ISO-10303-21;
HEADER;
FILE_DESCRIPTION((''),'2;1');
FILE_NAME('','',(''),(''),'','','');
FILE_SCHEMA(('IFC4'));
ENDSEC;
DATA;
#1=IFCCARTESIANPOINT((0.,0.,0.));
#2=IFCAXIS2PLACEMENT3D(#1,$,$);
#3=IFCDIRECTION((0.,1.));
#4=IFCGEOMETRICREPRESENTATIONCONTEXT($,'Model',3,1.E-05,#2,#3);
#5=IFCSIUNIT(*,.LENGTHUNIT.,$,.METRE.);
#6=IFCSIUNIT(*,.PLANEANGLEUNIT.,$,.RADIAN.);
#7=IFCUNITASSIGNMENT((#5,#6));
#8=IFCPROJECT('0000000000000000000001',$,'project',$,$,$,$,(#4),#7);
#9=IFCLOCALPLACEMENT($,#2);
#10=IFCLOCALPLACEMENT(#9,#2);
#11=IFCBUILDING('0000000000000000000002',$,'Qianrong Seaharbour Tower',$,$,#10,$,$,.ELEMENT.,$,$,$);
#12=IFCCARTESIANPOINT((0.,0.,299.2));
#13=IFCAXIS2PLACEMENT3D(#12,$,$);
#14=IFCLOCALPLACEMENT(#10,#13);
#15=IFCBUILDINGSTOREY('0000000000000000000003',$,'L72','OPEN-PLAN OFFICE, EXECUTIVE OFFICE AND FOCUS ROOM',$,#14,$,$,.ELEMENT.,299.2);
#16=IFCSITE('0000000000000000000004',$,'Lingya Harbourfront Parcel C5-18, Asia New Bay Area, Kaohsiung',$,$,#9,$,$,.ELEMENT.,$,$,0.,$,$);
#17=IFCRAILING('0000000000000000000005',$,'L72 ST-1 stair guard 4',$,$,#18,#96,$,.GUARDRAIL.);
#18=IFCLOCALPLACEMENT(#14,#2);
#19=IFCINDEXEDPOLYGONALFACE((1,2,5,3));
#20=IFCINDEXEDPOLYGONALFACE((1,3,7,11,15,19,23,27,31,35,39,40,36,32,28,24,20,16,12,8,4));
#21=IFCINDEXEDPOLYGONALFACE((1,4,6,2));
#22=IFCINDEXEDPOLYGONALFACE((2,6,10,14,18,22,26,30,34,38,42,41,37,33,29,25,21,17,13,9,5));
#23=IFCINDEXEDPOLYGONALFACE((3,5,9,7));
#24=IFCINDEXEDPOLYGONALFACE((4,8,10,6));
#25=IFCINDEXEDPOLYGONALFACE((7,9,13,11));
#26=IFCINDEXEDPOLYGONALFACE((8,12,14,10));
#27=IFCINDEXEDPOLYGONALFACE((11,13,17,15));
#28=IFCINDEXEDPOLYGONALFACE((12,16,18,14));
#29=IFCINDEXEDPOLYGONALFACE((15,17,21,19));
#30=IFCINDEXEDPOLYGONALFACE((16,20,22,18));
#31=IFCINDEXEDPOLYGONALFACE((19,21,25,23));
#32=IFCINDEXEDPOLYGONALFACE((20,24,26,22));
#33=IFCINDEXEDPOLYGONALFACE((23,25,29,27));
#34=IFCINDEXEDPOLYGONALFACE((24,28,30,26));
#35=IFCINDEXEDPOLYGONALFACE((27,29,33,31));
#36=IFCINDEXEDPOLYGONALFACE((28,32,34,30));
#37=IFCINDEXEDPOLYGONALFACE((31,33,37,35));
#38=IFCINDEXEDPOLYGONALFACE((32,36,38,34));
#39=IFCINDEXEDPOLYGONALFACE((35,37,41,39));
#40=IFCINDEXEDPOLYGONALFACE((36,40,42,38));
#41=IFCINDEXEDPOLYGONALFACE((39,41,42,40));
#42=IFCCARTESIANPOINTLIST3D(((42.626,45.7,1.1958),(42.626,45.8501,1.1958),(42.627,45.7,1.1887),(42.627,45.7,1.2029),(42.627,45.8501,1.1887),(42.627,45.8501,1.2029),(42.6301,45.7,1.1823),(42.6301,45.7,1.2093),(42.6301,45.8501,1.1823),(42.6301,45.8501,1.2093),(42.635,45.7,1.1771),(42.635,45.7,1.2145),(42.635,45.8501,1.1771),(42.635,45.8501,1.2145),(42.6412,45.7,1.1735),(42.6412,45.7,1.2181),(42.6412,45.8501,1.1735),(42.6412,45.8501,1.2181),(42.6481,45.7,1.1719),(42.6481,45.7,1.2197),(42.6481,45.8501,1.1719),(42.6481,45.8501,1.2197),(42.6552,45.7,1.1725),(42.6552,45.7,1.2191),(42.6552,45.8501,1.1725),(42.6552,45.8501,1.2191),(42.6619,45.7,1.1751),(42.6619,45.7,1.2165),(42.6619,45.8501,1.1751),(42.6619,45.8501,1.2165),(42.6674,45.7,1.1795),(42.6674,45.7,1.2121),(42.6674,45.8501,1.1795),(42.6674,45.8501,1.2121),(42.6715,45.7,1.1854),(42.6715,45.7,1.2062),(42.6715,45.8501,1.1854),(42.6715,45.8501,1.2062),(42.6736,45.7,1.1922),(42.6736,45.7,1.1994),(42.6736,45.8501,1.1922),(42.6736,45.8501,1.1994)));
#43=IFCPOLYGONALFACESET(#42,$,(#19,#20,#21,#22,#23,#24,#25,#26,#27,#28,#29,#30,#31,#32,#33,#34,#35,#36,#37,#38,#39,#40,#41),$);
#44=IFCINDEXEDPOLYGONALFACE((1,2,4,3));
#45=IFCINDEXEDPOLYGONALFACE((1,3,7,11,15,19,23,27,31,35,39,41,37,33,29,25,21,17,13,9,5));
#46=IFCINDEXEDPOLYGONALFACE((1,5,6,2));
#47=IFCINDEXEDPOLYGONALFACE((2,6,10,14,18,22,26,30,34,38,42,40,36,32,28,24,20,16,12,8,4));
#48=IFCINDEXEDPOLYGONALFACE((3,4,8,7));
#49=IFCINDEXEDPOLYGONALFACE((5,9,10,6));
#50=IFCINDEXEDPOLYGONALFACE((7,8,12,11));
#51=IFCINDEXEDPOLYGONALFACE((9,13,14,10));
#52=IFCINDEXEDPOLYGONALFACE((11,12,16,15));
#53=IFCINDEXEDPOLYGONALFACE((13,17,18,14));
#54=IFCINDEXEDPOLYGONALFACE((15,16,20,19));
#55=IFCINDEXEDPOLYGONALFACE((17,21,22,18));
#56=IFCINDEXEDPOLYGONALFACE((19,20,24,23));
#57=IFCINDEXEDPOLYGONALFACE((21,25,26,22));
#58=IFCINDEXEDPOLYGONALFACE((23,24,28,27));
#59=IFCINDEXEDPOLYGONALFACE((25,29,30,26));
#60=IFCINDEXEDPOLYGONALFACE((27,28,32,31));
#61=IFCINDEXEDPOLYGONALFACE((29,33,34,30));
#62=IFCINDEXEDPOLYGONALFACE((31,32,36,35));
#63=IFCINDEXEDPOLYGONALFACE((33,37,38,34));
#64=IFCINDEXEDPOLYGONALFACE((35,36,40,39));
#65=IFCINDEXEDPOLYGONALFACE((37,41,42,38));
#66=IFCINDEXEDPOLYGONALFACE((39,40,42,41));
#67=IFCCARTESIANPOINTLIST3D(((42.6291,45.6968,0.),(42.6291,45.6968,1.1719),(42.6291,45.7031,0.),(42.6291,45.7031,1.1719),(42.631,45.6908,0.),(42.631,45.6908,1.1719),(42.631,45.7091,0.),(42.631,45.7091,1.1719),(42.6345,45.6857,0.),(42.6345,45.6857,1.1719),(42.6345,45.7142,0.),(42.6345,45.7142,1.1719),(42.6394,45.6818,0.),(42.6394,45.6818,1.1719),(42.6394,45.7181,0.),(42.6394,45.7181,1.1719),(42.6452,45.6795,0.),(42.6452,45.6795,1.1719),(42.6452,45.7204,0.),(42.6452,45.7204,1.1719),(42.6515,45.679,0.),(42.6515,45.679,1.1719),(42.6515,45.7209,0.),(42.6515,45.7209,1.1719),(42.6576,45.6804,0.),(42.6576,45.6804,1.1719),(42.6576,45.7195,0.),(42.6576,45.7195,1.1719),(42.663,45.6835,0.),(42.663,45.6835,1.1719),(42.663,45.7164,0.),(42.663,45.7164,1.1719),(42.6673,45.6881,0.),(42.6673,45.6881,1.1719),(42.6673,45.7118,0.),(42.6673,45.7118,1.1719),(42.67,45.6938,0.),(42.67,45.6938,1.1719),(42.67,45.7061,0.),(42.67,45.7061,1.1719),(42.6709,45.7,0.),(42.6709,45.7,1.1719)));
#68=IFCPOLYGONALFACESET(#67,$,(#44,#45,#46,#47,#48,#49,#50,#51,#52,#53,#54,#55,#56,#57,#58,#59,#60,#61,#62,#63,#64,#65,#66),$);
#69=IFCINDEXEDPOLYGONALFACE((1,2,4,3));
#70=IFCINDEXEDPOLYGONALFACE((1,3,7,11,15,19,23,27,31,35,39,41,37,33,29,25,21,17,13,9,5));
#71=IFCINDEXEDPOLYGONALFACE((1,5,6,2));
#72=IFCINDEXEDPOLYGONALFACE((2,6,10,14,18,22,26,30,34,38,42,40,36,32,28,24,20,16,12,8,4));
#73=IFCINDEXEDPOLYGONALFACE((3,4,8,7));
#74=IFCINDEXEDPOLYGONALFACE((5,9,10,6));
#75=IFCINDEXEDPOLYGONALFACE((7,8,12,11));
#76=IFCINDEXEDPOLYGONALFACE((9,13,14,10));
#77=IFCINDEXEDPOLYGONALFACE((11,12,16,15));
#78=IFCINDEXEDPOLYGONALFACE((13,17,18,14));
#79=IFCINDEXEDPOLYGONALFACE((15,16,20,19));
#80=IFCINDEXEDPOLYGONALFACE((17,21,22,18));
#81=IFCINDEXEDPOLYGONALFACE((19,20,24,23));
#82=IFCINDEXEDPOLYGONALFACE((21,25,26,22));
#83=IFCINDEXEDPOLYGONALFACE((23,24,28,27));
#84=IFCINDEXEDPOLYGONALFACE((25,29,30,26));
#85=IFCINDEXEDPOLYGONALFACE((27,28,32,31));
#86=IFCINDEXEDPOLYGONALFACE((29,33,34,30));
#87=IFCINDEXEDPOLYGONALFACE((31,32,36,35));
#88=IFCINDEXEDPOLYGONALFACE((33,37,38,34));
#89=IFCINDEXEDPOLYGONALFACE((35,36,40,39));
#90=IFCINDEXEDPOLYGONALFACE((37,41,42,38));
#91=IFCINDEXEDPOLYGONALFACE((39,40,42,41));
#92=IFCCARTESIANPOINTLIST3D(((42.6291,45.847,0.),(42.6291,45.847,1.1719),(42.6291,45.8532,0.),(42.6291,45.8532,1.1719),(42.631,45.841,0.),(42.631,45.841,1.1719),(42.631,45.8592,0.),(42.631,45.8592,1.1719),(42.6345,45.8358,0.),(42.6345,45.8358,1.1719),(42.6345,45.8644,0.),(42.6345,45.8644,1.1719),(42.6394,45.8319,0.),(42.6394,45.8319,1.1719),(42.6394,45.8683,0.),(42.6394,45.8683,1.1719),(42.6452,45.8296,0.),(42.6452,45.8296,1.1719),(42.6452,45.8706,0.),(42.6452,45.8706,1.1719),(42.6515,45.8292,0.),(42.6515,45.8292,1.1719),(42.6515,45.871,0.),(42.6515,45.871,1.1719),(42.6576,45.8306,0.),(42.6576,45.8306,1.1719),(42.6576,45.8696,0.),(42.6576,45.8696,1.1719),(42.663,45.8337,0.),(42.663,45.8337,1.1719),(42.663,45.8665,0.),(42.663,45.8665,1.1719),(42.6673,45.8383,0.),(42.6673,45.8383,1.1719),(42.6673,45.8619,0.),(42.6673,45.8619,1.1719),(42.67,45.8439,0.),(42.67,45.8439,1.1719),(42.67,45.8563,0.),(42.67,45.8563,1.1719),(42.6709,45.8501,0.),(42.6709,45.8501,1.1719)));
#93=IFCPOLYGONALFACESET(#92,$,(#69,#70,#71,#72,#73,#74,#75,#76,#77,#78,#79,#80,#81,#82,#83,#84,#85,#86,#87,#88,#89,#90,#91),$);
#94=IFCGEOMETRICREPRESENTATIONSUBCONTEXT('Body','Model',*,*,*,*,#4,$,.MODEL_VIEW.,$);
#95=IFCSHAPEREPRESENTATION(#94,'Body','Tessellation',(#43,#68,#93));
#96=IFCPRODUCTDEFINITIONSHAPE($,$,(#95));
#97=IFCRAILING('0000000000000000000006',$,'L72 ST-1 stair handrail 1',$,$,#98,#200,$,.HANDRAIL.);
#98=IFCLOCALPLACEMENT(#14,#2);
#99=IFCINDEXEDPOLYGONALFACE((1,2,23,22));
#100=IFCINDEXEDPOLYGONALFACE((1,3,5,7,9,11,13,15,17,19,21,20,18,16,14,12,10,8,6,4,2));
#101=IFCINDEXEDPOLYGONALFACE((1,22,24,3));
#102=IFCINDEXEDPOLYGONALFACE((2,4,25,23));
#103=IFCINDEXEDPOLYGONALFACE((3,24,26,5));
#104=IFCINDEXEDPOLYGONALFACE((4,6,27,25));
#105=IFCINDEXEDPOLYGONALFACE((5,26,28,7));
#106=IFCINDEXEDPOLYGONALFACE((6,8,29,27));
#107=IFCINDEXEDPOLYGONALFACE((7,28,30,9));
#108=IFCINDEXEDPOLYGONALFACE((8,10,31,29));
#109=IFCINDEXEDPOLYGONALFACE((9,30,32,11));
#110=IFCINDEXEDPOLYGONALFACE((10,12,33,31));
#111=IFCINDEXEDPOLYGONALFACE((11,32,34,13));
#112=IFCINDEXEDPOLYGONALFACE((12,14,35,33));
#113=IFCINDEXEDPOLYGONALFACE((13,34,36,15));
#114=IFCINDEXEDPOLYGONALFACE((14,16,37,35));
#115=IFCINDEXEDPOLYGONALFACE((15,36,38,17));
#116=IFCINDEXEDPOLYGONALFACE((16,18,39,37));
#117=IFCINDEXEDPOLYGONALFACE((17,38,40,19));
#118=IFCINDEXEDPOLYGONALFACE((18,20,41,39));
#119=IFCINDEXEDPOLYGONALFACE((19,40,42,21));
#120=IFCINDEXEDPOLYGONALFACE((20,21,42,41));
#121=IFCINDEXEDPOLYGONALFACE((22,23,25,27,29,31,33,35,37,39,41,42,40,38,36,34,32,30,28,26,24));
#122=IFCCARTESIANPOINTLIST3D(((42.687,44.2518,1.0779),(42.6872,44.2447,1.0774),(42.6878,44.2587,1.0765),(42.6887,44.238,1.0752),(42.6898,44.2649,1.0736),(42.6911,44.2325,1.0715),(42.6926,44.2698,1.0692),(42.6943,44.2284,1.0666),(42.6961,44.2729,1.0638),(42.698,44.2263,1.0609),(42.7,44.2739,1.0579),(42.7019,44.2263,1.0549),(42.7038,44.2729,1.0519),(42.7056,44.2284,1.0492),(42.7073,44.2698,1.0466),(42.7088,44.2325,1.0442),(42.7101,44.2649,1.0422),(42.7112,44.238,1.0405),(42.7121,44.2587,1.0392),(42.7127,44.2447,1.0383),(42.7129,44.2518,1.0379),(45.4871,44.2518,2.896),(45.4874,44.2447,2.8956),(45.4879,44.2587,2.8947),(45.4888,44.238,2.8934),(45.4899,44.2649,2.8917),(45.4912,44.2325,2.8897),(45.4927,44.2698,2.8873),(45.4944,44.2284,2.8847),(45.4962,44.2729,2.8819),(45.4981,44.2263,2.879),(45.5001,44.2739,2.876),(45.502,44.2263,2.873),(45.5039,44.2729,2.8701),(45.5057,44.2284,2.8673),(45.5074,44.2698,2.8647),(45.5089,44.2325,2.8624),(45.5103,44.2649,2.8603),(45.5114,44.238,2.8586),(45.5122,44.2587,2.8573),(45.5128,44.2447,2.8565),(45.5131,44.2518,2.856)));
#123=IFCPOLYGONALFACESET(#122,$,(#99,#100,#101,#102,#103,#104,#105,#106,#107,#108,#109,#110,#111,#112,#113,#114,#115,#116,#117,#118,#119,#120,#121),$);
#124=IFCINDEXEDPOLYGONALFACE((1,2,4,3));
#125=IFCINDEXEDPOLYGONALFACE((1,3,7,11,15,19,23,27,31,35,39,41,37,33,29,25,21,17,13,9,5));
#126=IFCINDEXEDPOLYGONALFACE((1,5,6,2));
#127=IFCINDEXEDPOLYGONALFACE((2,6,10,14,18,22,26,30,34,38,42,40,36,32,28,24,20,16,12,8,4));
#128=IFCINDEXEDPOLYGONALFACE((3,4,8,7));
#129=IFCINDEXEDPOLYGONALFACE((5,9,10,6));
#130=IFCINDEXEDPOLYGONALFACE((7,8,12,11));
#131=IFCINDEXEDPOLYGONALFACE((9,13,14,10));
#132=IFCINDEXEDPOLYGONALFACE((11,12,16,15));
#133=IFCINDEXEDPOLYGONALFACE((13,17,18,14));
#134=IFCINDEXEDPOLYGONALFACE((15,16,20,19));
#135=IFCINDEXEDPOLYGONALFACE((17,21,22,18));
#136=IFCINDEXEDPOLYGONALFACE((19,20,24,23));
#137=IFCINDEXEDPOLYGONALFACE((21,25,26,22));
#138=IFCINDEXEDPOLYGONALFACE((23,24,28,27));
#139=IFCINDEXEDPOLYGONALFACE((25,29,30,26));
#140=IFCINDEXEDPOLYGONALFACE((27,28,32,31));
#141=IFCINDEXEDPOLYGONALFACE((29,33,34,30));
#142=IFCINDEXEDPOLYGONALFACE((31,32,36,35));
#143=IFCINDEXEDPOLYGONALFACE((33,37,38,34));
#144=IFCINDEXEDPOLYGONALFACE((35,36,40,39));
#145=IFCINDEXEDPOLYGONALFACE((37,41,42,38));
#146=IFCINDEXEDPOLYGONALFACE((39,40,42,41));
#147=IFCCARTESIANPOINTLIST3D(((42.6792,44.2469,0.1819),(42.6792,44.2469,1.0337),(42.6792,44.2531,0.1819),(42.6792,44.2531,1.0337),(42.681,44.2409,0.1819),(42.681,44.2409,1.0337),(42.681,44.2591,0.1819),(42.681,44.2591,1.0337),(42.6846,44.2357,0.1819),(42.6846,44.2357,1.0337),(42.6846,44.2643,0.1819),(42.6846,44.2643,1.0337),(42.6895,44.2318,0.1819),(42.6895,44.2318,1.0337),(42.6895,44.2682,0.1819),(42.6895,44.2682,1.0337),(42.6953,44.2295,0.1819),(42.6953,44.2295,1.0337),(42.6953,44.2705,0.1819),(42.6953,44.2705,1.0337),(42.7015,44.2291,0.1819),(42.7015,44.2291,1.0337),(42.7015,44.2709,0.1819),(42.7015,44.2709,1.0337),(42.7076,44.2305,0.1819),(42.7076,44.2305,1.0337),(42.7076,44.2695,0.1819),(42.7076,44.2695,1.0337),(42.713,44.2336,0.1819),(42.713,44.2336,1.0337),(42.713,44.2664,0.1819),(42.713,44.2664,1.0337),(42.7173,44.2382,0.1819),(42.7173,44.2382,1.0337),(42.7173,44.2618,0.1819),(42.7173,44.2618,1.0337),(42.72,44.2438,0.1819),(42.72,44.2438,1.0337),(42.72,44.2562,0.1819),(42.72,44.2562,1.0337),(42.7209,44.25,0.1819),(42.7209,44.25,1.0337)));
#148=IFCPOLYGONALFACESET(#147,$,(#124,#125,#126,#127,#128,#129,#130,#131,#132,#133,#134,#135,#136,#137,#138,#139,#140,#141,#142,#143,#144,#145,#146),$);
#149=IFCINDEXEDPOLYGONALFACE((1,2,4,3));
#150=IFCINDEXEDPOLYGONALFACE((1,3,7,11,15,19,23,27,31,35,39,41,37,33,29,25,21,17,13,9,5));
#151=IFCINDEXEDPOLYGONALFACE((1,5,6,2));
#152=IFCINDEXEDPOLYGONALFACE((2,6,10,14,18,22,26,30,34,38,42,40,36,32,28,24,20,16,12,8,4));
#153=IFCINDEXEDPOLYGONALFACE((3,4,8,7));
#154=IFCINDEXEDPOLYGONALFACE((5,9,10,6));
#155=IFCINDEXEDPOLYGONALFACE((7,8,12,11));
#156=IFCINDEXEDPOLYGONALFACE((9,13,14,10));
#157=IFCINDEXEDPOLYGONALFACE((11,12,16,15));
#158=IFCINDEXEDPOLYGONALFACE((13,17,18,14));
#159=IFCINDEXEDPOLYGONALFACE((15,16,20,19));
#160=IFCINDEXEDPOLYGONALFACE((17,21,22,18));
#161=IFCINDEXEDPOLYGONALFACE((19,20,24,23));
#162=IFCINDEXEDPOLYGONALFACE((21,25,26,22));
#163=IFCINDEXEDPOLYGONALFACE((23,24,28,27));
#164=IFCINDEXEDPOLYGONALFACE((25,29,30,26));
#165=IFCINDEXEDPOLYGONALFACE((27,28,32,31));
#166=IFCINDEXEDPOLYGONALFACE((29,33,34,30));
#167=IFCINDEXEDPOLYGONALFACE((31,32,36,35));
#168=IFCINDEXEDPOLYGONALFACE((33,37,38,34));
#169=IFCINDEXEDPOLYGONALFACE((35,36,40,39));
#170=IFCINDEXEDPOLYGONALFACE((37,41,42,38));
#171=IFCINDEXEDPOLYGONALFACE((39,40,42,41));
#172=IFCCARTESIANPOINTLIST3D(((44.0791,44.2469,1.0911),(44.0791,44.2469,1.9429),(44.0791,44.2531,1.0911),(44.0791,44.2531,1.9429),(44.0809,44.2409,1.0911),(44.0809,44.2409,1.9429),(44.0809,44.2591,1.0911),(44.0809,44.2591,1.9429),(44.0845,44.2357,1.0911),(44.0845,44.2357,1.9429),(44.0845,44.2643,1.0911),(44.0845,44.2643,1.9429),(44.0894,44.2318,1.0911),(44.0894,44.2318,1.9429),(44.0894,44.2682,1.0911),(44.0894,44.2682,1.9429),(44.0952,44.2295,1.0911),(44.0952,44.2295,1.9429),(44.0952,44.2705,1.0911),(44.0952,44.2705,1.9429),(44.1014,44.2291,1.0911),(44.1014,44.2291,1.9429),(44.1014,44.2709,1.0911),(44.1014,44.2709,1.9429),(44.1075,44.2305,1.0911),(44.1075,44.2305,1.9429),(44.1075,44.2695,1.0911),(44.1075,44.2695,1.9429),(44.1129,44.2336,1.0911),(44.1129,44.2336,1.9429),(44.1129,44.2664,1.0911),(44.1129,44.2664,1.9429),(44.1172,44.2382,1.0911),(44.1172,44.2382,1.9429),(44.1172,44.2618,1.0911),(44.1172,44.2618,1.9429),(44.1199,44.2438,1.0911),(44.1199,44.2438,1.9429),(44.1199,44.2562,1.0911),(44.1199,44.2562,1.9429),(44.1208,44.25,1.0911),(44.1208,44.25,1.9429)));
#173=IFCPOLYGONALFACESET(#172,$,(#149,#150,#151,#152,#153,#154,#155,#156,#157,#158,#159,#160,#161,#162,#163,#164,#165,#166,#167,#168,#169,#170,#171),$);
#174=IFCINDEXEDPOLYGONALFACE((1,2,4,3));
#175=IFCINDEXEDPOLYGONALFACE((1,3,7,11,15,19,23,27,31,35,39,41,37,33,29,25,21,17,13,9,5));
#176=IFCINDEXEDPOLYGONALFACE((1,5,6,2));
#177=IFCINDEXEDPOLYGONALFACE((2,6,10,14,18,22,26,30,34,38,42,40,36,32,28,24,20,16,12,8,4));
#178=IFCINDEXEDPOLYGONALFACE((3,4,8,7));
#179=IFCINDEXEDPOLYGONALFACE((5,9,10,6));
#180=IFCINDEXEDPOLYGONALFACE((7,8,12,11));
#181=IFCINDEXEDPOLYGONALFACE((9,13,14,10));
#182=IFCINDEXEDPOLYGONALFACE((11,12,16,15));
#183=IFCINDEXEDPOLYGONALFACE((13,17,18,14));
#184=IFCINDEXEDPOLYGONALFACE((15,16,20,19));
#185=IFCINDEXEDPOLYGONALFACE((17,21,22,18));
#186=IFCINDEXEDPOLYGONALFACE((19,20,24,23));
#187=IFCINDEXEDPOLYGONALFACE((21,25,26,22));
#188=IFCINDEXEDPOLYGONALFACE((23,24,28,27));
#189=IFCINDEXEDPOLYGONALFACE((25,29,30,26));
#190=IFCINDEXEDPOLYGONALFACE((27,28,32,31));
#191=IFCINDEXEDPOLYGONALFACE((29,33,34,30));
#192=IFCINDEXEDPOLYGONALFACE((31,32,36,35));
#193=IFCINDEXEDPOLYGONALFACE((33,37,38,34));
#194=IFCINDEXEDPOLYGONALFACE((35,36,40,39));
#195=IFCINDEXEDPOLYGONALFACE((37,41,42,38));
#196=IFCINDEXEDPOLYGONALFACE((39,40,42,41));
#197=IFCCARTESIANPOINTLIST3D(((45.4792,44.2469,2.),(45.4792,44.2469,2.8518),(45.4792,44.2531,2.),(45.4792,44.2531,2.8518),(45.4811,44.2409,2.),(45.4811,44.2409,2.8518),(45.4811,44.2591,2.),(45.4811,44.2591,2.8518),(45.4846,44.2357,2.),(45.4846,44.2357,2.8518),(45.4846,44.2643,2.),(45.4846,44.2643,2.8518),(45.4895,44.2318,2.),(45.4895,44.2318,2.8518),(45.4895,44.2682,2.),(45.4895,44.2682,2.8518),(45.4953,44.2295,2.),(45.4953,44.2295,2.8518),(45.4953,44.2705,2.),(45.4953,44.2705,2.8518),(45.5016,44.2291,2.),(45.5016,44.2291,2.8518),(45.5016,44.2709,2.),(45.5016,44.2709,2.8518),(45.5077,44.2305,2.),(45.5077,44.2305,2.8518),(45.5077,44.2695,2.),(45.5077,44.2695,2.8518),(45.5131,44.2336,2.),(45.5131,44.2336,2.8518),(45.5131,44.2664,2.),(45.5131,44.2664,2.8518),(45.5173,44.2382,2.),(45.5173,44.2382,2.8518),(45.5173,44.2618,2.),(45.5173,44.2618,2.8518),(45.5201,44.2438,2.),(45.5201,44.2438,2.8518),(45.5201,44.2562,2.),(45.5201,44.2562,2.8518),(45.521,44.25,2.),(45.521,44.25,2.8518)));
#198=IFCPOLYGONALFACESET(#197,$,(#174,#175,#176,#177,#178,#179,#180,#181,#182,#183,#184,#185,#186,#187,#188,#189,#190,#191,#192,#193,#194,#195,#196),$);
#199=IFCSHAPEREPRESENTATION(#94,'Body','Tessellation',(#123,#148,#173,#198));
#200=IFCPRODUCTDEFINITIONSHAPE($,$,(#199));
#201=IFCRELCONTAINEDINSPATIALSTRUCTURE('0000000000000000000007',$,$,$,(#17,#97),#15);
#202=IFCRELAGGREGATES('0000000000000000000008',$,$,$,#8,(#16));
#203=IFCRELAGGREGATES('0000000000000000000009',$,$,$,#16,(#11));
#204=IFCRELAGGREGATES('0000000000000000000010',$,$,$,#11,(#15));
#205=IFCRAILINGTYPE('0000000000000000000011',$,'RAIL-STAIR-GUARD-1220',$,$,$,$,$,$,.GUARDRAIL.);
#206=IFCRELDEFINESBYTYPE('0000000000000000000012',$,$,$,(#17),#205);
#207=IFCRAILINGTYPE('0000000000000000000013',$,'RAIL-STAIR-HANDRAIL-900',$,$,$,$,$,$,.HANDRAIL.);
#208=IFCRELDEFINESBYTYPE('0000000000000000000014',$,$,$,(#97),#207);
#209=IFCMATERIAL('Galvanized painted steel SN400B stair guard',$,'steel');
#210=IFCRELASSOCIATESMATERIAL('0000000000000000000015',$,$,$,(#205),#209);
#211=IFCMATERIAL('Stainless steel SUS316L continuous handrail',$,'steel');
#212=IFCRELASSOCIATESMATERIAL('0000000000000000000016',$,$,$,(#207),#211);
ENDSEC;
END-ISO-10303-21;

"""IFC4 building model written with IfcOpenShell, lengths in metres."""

from ifc_helpers import new_model, si_unit, direction, frame, origin, origin_2d, place, context, subcontext, project, spatial, circle, extrude, material, type_object, element, save


model = new_model("IFC4")

# Units and contexts
model_context = context("Model", 3, precision=1e-05, world=origin(), true_north=direction((0.0, 1.0)))
body_context = subcontext(model_context, "Body", "Model", "MODEL_VIEW")
ifc_project = project(units=[si_unit("LENGTHUNIT", "METRE"), si_unit("PLANEANGLEUNIT", "RADIAN")], contexts=[model_context])

# Site, building, storey
site_placement = place(None, origin())
site = spatial("IfcSite", under=ifc_project, at=site_placement, Name="Lingya Harbourfront Parcel C5-18, Asia New Bay Area, Kaohsiung", CompositionType="ELEMENT", RefElevation=0.0)
building_placement = place(site_placement, origin())
building = spatial("IfcBuilding", under=site, at=building_placement, Name="Qianrong Seaharbour Tower", CompositionType="ELEMENT")
storey_placement = place(building_placement, frame((0.0, 0.0, 299.2)))
storey = spatial("IfcBuildingStorey", under=building, at=storey_placement, Name="L72", Description="OPEN-PLAN OFFICE, EXECUTIVE OFFICE AND FOCUS ROOM", CompositionType="ELEMENT", Elevation=299.2)

# Railings
ifc_material_1 = material(Name="Galvanized painted steel SN400B stair guard", Category="steel")
railing_type_1 = type_object("IfcRailingType", Name="RAIL-STAIR-GUARD-1220", PredefinedType="GUARDRAIL", material=ifc_material_1)
railing_1_placement = place(storey_placement, frame((42.6499, 45.7, 0.0)))
element("IfcRailing", 1, at=railing_1_placement, inside=storey, type_object=railing_type_1, Name="L72 ST-1 stair guard 4", PredefinedType="GUARDRAIL", context=body_context, shape_type="SweptSolid", body=[
    extrude(circle(Radius=0.0239, at=origin_2d()), frame((0.0, 0.0, 1.1958), z_axis=(0.0, 1.0, 0.0), x_axis=(-1.0, 0.0, 0.0)), (0.0, 0.0, 1.0), 0.1501),
    extrude(circle(Radius=0.021, at=origin_2d()), origin(), (0.0, 0.0, 1.0), 1.1719),
    extrude(circle(Radius=0.021, at=origin_2d()), frame((0.0, 0.1501, 0.0)), (0.0, 0.0, 1.0), 1.1719),
])
ifc_material_2 = material(Name="Stainless steel SUS316L continuous handrail", Category="steel")
railing_type_2 = type_object("IfcRailingType", Name="RAIL-STAIR-HANDRAIL-900", PredefinedType="HANDRAIL", material=ifc_material_2)
railing_2_placement = place(storey_placement, frame((42.7, 44.25, 0.1819)))
element("IfcRailing", 2, at=railing_2_placement, inside=storey, type_object=railing_type_2, Name="L72 ST-1 stair handrail 1", PredefinedType="HANDRAIL", context=body_context, shape_type="SweptSolid", body=[
    extrude(circle(Radius=0.0239, at=origin_2d()), frame((0.0, 0.0, 0.876), z_axis=(0.838706, 0.0, 0.544585), x_axis=(0.0, 1.0, 0.0)), (0.0, 0.0, 1.0), 3.3386),
    extrude(circle(Radius=0.021, at=origin_2d()), origin(), (0.0, 0.0, 1.0), 0.8518),
    extrude(circle(Radius=0.021, at=origin_2d()), frame((1.3999, 0.0, 0.9092)), (0.0, 0.0, 1.0), 0.8518),
    extrude(circle(Radius=0.021, at=origin_2d()), frame((2.8, 0.0, 1.8181)), (0.0, 0.0, 1.0), 0.8518),
])

save(model, "model.ifc")
